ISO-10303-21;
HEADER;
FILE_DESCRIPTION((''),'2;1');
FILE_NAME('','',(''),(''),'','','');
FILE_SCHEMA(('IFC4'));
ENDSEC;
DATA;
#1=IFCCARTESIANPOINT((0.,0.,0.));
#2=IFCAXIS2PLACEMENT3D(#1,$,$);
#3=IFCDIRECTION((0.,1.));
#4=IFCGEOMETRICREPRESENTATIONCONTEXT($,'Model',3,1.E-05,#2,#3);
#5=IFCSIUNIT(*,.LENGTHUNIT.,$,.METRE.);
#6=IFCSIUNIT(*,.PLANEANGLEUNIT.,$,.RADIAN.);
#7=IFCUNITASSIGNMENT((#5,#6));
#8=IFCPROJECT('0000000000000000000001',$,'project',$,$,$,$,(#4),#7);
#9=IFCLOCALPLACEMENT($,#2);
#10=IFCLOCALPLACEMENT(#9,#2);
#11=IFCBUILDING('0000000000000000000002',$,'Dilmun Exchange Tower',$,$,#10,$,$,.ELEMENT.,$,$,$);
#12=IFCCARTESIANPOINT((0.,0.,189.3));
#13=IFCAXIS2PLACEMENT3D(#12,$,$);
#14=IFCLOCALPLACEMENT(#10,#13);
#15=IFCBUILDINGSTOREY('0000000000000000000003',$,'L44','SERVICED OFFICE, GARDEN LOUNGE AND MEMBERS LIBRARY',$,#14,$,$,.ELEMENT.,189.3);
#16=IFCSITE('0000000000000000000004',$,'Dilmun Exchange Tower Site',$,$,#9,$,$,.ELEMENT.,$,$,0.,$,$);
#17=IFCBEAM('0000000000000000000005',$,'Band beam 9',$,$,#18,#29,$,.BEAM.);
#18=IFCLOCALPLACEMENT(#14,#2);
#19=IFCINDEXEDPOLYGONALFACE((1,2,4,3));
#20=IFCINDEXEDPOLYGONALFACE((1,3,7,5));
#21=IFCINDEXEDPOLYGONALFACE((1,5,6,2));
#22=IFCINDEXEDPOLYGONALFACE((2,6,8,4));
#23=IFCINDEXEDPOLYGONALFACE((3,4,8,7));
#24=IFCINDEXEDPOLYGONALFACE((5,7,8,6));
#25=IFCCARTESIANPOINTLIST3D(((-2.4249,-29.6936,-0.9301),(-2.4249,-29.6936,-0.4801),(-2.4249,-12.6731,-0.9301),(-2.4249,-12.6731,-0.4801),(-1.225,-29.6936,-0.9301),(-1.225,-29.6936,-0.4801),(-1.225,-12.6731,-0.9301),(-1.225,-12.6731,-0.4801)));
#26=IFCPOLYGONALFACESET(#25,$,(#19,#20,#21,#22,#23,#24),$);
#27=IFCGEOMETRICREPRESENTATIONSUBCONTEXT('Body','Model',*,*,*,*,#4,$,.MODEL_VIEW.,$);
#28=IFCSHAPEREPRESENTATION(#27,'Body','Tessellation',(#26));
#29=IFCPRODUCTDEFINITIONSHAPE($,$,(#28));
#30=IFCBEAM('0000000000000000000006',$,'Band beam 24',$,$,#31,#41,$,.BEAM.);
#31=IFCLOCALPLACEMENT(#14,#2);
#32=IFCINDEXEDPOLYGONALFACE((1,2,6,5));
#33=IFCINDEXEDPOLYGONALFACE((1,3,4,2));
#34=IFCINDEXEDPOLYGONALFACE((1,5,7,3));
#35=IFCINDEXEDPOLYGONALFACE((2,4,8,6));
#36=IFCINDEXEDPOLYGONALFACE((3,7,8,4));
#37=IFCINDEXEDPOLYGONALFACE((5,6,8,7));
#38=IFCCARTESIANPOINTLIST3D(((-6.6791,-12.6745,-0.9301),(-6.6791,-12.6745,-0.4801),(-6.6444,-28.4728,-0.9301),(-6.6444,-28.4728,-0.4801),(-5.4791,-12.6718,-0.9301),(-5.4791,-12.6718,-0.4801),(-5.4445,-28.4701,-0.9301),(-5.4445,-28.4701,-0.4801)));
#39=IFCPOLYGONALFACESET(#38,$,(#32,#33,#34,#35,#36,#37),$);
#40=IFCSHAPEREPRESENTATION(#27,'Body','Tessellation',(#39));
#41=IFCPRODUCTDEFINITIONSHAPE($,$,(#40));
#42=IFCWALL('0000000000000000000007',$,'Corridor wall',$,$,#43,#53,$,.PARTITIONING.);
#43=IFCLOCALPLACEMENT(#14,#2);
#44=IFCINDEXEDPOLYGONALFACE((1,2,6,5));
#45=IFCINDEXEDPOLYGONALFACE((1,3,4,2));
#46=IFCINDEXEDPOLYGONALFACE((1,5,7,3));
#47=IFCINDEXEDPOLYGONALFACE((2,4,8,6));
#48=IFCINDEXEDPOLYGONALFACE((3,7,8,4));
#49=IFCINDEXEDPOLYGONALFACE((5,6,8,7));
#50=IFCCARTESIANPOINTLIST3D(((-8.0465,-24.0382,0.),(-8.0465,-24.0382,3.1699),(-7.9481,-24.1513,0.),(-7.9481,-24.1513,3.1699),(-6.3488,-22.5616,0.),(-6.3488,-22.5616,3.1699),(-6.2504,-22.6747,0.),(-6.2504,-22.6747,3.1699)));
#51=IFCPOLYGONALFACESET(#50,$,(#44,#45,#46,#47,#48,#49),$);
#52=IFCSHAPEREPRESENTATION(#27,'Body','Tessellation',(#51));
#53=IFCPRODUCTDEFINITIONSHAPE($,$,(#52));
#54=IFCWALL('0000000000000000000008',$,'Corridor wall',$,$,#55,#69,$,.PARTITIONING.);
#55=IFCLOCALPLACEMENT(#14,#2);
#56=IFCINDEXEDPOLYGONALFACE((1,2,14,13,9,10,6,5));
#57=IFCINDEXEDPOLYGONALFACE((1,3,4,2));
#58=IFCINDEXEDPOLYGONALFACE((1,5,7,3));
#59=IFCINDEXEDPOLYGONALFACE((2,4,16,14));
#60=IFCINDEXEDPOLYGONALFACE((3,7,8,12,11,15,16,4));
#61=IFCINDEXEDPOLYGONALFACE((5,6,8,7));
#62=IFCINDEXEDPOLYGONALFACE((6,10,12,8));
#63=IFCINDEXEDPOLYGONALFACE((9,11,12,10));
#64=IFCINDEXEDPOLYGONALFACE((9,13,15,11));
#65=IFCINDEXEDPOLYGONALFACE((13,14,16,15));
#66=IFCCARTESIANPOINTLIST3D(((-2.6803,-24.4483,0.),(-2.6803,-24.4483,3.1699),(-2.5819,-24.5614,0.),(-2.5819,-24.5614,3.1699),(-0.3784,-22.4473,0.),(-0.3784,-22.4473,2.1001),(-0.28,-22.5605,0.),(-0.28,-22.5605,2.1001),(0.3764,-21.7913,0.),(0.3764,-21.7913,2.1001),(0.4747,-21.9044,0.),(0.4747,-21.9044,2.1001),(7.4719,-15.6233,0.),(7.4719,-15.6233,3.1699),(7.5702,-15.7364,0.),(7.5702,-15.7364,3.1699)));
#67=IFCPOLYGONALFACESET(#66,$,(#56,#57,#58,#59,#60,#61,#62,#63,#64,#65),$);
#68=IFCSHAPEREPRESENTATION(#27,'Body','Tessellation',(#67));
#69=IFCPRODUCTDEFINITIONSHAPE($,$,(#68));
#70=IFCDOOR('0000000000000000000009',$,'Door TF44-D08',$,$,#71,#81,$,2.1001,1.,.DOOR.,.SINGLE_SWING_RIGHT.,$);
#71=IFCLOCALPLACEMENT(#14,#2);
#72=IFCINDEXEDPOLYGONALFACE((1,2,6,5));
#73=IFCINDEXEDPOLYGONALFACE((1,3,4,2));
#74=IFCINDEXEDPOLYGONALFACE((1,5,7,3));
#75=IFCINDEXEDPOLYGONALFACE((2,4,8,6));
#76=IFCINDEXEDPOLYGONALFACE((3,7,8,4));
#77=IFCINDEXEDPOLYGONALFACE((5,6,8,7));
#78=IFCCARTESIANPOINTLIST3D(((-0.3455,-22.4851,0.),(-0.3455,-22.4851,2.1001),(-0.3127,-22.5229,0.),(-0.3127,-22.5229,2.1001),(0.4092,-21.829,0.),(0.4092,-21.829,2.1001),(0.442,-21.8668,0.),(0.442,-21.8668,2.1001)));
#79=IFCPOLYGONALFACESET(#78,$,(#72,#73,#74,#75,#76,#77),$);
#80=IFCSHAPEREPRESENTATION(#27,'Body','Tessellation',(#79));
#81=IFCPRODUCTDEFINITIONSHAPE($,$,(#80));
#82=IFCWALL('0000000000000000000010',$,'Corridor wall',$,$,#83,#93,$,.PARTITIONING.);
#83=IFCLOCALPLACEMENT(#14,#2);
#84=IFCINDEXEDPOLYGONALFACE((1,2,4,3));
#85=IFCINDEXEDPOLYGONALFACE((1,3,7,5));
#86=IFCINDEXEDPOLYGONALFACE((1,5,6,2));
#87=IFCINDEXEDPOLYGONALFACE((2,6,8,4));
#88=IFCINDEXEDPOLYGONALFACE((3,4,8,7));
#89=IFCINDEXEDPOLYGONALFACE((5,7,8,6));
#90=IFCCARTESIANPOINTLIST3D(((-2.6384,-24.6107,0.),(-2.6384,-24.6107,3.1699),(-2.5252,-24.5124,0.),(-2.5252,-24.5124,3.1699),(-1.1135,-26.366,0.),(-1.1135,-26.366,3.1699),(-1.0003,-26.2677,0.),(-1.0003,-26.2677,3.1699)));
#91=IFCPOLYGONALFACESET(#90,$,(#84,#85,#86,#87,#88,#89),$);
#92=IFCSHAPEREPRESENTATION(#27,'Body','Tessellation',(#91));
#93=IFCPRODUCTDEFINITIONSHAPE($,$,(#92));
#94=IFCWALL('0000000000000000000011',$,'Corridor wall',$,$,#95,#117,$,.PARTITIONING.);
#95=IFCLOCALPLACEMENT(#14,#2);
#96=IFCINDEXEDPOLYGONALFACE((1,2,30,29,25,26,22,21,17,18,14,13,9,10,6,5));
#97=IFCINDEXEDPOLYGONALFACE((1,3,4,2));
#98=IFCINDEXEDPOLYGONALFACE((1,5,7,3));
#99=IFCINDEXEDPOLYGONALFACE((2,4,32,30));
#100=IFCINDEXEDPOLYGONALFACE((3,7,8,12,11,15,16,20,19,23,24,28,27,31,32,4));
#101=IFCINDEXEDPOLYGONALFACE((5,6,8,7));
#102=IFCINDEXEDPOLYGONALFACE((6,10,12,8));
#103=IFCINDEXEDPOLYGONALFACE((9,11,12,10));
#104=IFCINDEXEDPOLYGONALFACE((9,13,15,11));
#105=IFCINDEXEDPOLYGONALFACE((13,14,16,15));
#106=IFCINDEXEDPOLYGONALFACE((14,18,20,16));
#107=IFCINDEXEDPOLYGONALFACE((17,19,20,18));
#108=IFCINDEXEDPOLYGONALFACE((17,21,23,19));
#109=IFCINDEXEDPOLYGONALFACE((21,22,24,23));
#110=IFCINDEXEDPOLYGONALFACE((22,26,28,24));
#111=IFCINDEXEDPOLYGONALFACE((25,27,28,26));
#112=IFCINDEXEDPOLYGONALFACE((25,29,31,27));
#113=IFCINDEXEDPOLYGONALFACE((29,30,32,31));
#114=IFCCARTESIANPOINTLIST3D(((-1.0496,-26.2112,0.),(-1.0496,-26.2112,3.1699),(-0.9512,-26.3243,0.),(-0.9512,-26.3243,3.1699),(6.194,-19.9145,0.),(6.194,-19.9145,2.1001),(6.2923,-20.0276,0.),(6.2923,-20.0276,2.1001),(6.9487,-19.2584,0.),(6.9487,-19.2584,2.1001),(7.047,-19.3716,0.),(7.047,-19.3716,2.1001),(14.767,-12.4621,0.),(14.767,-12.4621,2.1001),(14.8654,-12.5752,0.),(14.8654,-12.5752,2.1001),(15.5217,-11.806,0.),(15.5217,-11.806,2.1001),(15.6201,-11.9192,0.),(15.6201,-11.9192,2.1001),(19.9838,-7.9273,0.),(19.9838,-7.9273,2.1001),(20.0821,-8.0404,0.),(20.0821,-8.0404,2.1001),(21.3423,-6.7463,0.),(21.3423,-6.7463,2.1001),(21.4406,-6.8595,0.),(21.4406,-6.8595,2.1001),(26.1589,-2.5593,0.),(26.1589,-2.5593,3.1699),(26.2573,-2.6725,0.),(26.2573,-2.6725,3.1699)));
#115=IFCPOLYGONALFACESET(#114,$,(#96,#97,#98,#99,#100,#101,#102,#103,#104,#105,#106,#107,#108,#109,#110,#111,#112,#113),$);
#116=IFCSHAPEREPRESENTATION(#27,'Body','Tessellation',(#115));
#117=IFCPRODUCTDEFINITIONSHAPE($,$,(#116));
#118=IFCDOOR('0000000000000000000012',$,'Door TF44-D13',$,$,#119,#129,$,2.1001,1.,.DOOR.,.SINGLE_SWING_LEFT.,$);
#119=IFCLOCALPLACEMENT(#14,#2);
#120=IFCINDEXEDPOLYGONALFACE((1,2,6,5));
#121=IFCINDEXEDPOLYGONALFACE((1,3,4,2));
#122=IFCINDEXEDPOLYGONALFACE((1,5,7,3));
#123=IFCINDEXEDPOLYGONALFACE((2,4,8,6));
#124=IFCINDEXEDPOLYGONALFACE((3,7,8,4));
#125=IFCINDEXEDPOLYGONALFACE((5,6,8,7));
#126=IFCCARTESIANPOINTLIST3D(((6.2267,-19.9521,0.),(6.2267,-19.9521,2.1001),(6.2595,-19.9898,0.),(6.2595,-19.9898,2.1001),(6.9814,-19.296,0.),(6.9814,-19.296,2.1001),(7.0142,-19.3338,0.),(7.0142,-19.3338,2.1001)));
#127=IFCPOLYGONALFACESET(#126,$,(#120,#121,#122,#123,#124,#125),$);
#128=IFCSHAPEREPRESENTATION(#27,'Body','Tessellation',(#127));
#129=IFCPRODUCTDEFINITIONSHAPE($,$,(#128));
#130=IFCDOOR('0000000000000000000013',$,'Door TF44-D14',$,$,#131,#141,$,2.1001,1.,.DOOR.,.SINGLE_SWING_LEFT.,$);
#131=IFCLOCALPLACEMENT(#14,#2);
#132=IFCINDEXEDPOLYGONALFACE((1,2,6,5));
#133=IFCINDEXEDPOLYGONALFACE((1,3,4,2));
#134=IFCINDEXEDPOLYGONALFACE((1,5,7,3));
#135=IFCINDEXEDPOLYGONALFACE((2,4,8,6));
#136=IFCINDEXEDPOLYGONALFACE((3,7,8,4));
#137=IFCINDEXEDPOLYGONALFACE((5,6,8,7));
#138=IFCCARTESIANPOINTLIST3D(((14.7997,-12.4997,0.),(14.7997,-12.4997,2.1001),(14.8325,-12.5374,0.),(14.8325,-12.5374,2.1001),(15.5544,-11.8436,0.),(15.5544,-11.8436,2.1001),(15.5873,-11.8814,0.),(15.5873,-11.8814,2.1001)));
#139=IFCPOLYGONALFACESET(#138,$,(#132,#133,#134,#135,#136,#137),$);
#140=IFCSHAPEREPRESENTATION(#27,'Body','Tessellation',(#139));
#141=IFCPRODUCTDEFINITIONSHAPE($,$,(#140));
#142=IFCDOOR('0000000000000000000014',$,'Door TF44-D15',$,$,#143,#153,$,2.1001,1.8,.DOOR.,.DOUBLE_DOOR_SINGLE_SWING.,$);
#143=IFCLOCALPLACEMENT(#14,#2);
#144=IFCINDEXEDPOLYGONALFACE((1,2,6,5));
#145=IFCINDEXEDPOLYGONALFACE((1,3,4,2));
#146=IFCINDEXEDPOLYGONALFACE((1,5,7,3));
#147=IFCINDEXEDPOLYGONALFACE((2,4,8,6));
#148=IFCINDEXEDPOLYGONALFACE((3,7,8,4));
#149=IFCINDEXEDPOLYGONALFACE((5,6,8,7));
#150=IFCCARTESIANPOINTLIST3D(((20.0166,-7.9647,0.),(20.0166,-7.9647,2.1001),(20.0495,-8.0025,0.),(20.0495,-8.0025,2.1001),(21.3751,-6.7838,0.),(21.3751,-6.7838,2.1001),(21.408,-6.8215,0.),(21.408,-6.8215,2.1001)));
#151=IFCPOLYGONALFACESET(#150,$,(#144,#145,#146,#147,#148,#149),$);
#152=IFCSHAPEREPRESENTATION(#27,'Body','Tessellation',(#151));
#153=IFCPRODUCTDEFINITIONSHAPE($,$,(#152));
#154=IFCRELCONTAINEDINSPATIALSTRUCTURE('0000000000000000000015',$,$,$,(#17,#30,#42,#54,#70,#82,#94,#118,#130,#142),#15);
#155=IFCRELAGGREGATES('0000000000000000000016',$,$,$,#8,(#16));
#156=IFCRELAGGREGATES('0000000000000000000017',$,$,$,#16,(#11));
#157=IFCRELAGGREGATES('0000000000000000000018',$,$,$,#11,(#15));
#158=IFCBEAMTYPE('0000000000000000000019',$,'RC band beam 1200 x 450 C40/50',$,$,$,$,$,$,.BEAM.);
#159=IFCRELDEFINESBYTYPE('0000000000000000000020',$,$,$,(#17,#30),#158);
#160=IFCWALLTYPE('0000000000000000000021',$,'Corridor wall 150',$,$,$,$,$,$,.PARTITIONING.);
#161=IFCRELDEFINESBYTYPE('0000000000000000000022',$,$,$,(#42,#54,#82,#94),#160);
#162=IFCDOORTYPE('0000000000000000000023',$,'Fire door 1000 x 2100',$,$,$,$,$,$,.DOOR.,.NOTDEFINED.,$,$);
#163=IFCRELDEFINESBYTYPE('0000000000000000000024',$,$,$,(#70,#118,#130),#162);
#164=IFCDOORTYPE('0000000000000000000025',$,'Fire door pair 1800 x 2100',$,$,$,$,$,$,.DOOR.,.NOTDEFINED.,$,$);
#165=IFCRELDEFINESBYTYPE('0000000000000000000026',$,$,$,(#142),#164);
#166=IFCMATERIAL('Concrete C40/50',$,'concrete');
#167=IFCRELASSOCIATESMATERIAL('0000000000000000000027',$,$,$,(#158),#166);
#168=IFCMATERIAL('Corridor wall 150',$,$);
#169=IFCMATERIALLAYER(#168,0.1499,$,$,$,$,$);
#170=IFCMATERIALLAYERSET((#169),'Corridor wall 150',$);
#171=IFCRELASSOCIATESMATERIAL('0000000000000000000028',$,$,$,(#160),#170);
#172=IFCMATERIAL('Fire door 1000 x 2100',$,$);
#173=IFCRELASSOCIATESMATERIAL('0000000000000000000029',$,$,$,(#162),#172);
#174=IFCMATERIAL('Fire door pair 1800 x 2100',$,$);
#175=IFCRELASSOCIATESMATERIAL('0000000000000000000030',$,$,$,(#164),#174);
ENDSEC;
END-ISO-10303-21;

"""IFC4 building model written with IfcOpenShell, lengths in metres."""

from ifc_helpers import new_model, si_unit, direction, frame, frame_2d, origin, origin_2d, place, context, subcontext, project, spatial, rectangle, extrude, material, layer, layer_set, material_profile, profile_set, type_object, element, fill, save


model = new_model("IFC4")

# Units and contexts
model_context = context("Model", 3, precision=1e-05, world=origin(), true_north=direction((0.0, 1.0)))
body_context = subcontext(model_context, "Body", "Model", "MODEL_VIEW")
ifc_project = project(units=[si_unit("LENGTHUNIT", "METRE"), si_unit("PLANEANGLEUNIT", "RADIAN")], contexts=[model_context])

# Site, building, storey
site_placement = place(None, origin())
site = spatial("IfcSite", under=ifc_project, at=site_placement, Name="Dilmun Exchange Tower Site", CompositionType="ELEMENT", RefElevation=0.0)
building_placement = place(site_placement, origin())
building = spatial("IfcBuilding", under=site, at=building_placement, Name="Dilmun Exchange Tower", CompositionType="ELEMENT")
storey_placement = place(building_placement, frame((0.0, 0.0, 189.3)))
storey = spatial("IfcBuildingStorey", under=building, at=storey_placement, Name="L44", Description="SERVICED OFFICE, GARDEN LOUNGE AND MEMBERS LIBRARY", CompositionType="ELEMENT", Elevation=189.3)

# Beams
ifc_material_1 = material(Name="Concrete C40/50", Category="concrete")
ifc_material_profile = material_profile(ifc_material_1, rectangle(XDim=1.2, YDim=0.45, at=origin_2d()), Name="1200 x 450")
ifc_profile_set = profile_set([ifc_material_profile], Name="Concrete C40/50")
beam_type = type_object("IfcBeamType", Name="RC band beam 1200 x 450 C40/50", PredefinedType="BEAM", material=ifc_profile_set)
beam_1_placement = place(storey_placement, frame((-1.825, -29.6936, -0.7051), z_axis=(0.0, 1.0, 0.0), x_axis=(-1.0, 0.0, 0.0)))
element("IfcBeam", 1, at=beam_1_placement, inside=storey, type_object=beam_type, Name="Band beam 9", PredefinedType="BEAM", context=body_context, shape_type="SweptSolid", body=[
    extrude(rectangle(XDim=1.2, YDim=0.45, at=origin_2d()), origin(), (0.0, 0.0, 1.0), 17.0205),
])
beam_2_placement = place(storey_placement, frame((-6.0444, -28.4714, -0.7051), z_axis=(-0.002194, 0.999998, 0.0), x_axis=(-0.999998, -0.002194, 0.0)))
element("IfcBeam", 2, at=beam_2_placement, inside=storey, type_object=beam_type, Name="Band beam 24", PredefinedType="BEAM", context=body_context, shape_type="SweptSolid", body=[
    extrude(rectangle(XDim=1.2, YDim=0.45, at=origin_2d()), origin(), (0.0, 0.0, 1.0), 15.7983),
])

# Wall
ifc_material_2 = material(Name="Corridor wall 150")
ifc_layer = layer(ifc_material_2, 0.1499)
ifc_layer_set = layer_set([ifc_layer], Name="Corridor wall 150")
wall_type = type_object("IfcWallType", Name="Corridor wall 150", PredefinedType="PARTITIONING", material=ifc_layer_set)
wall_1_placement = place(storey_placement, frame((-7.9973, -24.0947, 0.0), z_axis=(0.0, 0.0, 1.0), x_axis=(0.754549, 0.656243, 0.0)))
element("IfcWall", 3, at=wall_1_placement, inside=storey, type_object=wall_type, Name="Corridor wall", PredefinedType="PARTITIONING", context=body_context, shape_type="SweptSolid", body=[
    extrude(rectangle(XDim=2.25, YDim=0.1499, at=frame_2d((1.125, 0.0))), origin(), (0.0, 0.0, 1.0), 3.1699),
])

# Wall, opening, door
wall_2_placement = place(storey_placement, frame((-2.6311, -24.5049, 0.0), z_axis=(0.0, 0.0, 1.0), x_axis=(0.754715, 0.656053, 0.0)))
wall_2 = element("IfcWall", 4, at=wall_2_placement, inside=storey, type_object=wall_type, Name="Corridor wall", PredefinedType="PARTITIONING", context=body_context, shape_type="SweptSolid", body=[
    extrude(rectangle(XDim=13.4517, YDim=0.1499, at=frame_2d((6.7258, 0.0))), origin(), (0.0, 0.0, 1.0), 3.1699),
])
opening_1_placement = place(wall_2_placement, frame((3.05, 0.0, 0.0)))
opening_1 = element("IfcOpeningElement", 5, at=opening_1_placement, cuts=wall_2, PredefinedType="OPENING", context=body_context, shape_type="SweptSolid", body=[
    extrude(rectangle(XDim=1.0, YDim=2.1001, at=frame_2d((0.5, 1.05))), frame((0.0, 0.085, 0.0), z_axis=(0.0, -1.0, 0.0), x_axis=(1.0, 0.0, 0.0)), (0.0, 0.0, 1.0), 0.1699),
])
ifc_material_3 = material(Name="Fire door 1000 x 2100")
door_type_1 = type_object("IfcDoorType", Name="Fire door 1000 x 2100", OperationType="NOTDEFINED", PredefinedType="DOOR", material=ifc_material_3)
door_1_placement = place(opening_1_placement, origin())
door_1 = element("IfcDoor", 6, at=door_1_placement, inside=storey, type_object=door_type_1, Name="Door TF44-D08", OperationType="SINGLE_SWING_RIGHT", OverallHeight=2.1001, OverallWidth=1.0, PredefinedType="DOOR", context=body_context, shape_type="SweptSolid", body=[
    extrude(rectangle(XDim=1.0, YDim=2.1001, at=frame_2d((0.5, 1.05))), frame((0.0, 0.0249, 0.0), z_axis=(0.0, -1.0, 0.0), x_axis=(1.0, 0.0, 0.0)), (0.0, 0.0, 1.0), 0.05),
])
fill(opening_1, door_1)

# Wall
wall_3_placement = place(storey_placement, frame((-2.5818, -24.5615, 0.0), z_axis=(0.0, 0.0, 1.0), x_axis=(0.65581, -0.754926, 0.0)))
element("IfcWall", 7, at=wall_3_placement, inside=storey, type_object=wall_type, Name="Corridor wall", PredefinedType="PARTITIONING", context=body_context, shape_type="SweptSolid", body=[
    extrude(rectangle(XDim=2.3252, YDim=0.1499, at=frame_2d((1.1626, 0.0))), origin(), (0.0, 0.0, 1.0), 3.1699),
])

# Wall, openings, doors
wall_4_placement = place(storey_placement, frame((-1.0005, -26.2678, 0.0), z_axis=(0.0, 0.0, 1.0), x_axis=(0.754711, 0.656057, 0.0)))
wall_4 = element("IfcWall", 8, at=wall_4_placement, inside=storey, type_object=wall_type, Name="Corridor wall", PredefinedType="PARTITIONING", context=body_context, shape_type="SweptSolid", body=[
    extrude(rectangle(XDim=36.0515, YDim=0.1499, at=frame_2d((18.0259, 0.0))), origin(), (0.0, 0.0, 1.0), 3.1699),
])
opening_2_placement = place(wall_4_placement, frame((9.5979, 0.0, 0.0)))
opening_2 = element("IfcOpeningElement", 9, at=opening_2_placement, cuts=wall_4, PredefinedType="OPENING", context=body_context, shape_type="SweptSolid", body=[
    extrude(rectangle(XDim=1.0, YDim=2.1001, at=frame_2d((0.5, 1.05))), frame((0.0, 0.085, 0.0), z_axis=(0.0, -1.0, 0.0), x_axis=(1.0, 0.0, 0.0)), (0.0, 0.0, 1.0), 0.1699),
])
opening_3_placement = place(wall_4_placement, frame((20.9573, 0.0, 0.0)))
opening_3 = element("IfcOpeningElement", 10, at=opening_3_placement, cuts=wall_4, PredefinedType="OPENING", context=body_context, shape_type="SweptSolid", body=[
    extrude(rectangle(XDim=1.0, YDim=2.1001, at=frame_2d((0.5, 1.05))), frame((0.0, 0.085, 0.0), z_axis=(0.0, -1.0, 0.0), x_axis=(1.0, 0.0, 0.0)), (0.0, 0.0, 1.0), 0.1699),
])
opening_4_placement = place(wall_4_placement, frame((27.8696, 0.0, 0.0)))
opening_4 = element("IfcOpeningElement", 11, at=opening_4_placement, cuts=wall_4, PredefinedType="OPENING", context=body_context, shape_type="SweptSolid", body=[
    extrude(rectangle(XDim=1.8, YDim=2.1001, at=frame_2d((0.8999, 1.05))), frame((0.0, 0.085, 0.0), z_axis=(0.0, -1.0, 0.0), x_axis=(1.0, 0.0, 0.0)), (0.0, 0.0, 1.0), 0.1699),
])
door_2_placement = place(opening_2_placement, frame((1.0, 0.0, 0.0), z_axis=(0.0, 0.0, 1.0), x_axis=(-1.0, 0.0, 0.0)))
door_2 = element("IfcDoor", 12, at=door_2_placement, inside=storey, type_object=door_type_1, Name="Door TF44-D13", OperationType="SINGLE_SWING_LEFT", OverallHeight=2.1001, OverallWidth=1.0, PredefinedType="DOOR", context=body_context, shape_type="SweptSolid", body=[
    extrude(rectangle(XDim=1.0, YDim=2.1001, at=frame_2d((0.5, 1.05))), frame((0.0, 0.0249, 0.0), z_axis=(0.0, -1.0, 0.0), x_axis=(1.0, 0.0, 0.0)), (0.0, 0.0, 1.0), 0.05),
])
fill(opening_2, door_2)
door_3_placement = place(opening_3_placement, frame((1.0, 0.0, 0.0), z_axis=(0.0, 0.0, 1.0), x_axis=(-1.0, 0.0, 0.0)))
door_3 = element("IfcDoor", 13, at=door_3_placement, inside=storey, type_object=door_type_1, Name="Door TF44-D14", OperationType="SINGLE_SWING_LEFT", OverallHeight=2.1001, OverallWidth=1.0, PredefinedType="DOOR", context=body_context, shape_type="SweptSolid", body=[
    extrude(rectangle(XDim=1.0, YDim=2.1001, at=frame_2d((0.5, 1.05))), frame((0.0, 0.0249, 0.0), z_axis=(0.0, -1.0, 0.0), x_axis=(1.0, 0.0, 0.0)), (0.0, 0.0, 1.0), 0.05),
])
fill(opening_3, door_3)
ifc_material_4 = material(Name="Fire door pair 1800 x 2100")
door_type_2 = type_object("IfcDoorType", Name="Fire door pair 1800 x 2100", OperationType="NOTDEFINED", PredefinedType="DOOR", material=ifc_material_4)
door_4_placement = place(opening_4_placement, frame((1.8, 0.0, 0.0), z_axis=(0.0, 0.0, 1.0), x_axis=(-1.0, 0.0, 0.0)))
door_4 = element("IfcDoor", 14, at=door_4_placement, inside=storey, type_object=door_type_2, Name="Door TF44-D15", OperationType="DOUBLE_DOOR_SINGLE_SWING", OverallHeight=2.1001, OverallWidth=1.8, PredefinedType="DOOR", context=body_context, shape_type="SweptSolid", body=[
    extrude(rectangle(XDim=1.8, YDim=2.1001, at=frame_2d((0.8999, 1.05))), frame((0.0, 0.0249, 0.0), z_axis=(0.0, -1.0, 0.0), x_axis=(1.0, 0.0, 0.0)), (0.0, 0.0, 1.0), 0.05),
])
fill(opening_4, door_4)

save(model, "model.ifc")
